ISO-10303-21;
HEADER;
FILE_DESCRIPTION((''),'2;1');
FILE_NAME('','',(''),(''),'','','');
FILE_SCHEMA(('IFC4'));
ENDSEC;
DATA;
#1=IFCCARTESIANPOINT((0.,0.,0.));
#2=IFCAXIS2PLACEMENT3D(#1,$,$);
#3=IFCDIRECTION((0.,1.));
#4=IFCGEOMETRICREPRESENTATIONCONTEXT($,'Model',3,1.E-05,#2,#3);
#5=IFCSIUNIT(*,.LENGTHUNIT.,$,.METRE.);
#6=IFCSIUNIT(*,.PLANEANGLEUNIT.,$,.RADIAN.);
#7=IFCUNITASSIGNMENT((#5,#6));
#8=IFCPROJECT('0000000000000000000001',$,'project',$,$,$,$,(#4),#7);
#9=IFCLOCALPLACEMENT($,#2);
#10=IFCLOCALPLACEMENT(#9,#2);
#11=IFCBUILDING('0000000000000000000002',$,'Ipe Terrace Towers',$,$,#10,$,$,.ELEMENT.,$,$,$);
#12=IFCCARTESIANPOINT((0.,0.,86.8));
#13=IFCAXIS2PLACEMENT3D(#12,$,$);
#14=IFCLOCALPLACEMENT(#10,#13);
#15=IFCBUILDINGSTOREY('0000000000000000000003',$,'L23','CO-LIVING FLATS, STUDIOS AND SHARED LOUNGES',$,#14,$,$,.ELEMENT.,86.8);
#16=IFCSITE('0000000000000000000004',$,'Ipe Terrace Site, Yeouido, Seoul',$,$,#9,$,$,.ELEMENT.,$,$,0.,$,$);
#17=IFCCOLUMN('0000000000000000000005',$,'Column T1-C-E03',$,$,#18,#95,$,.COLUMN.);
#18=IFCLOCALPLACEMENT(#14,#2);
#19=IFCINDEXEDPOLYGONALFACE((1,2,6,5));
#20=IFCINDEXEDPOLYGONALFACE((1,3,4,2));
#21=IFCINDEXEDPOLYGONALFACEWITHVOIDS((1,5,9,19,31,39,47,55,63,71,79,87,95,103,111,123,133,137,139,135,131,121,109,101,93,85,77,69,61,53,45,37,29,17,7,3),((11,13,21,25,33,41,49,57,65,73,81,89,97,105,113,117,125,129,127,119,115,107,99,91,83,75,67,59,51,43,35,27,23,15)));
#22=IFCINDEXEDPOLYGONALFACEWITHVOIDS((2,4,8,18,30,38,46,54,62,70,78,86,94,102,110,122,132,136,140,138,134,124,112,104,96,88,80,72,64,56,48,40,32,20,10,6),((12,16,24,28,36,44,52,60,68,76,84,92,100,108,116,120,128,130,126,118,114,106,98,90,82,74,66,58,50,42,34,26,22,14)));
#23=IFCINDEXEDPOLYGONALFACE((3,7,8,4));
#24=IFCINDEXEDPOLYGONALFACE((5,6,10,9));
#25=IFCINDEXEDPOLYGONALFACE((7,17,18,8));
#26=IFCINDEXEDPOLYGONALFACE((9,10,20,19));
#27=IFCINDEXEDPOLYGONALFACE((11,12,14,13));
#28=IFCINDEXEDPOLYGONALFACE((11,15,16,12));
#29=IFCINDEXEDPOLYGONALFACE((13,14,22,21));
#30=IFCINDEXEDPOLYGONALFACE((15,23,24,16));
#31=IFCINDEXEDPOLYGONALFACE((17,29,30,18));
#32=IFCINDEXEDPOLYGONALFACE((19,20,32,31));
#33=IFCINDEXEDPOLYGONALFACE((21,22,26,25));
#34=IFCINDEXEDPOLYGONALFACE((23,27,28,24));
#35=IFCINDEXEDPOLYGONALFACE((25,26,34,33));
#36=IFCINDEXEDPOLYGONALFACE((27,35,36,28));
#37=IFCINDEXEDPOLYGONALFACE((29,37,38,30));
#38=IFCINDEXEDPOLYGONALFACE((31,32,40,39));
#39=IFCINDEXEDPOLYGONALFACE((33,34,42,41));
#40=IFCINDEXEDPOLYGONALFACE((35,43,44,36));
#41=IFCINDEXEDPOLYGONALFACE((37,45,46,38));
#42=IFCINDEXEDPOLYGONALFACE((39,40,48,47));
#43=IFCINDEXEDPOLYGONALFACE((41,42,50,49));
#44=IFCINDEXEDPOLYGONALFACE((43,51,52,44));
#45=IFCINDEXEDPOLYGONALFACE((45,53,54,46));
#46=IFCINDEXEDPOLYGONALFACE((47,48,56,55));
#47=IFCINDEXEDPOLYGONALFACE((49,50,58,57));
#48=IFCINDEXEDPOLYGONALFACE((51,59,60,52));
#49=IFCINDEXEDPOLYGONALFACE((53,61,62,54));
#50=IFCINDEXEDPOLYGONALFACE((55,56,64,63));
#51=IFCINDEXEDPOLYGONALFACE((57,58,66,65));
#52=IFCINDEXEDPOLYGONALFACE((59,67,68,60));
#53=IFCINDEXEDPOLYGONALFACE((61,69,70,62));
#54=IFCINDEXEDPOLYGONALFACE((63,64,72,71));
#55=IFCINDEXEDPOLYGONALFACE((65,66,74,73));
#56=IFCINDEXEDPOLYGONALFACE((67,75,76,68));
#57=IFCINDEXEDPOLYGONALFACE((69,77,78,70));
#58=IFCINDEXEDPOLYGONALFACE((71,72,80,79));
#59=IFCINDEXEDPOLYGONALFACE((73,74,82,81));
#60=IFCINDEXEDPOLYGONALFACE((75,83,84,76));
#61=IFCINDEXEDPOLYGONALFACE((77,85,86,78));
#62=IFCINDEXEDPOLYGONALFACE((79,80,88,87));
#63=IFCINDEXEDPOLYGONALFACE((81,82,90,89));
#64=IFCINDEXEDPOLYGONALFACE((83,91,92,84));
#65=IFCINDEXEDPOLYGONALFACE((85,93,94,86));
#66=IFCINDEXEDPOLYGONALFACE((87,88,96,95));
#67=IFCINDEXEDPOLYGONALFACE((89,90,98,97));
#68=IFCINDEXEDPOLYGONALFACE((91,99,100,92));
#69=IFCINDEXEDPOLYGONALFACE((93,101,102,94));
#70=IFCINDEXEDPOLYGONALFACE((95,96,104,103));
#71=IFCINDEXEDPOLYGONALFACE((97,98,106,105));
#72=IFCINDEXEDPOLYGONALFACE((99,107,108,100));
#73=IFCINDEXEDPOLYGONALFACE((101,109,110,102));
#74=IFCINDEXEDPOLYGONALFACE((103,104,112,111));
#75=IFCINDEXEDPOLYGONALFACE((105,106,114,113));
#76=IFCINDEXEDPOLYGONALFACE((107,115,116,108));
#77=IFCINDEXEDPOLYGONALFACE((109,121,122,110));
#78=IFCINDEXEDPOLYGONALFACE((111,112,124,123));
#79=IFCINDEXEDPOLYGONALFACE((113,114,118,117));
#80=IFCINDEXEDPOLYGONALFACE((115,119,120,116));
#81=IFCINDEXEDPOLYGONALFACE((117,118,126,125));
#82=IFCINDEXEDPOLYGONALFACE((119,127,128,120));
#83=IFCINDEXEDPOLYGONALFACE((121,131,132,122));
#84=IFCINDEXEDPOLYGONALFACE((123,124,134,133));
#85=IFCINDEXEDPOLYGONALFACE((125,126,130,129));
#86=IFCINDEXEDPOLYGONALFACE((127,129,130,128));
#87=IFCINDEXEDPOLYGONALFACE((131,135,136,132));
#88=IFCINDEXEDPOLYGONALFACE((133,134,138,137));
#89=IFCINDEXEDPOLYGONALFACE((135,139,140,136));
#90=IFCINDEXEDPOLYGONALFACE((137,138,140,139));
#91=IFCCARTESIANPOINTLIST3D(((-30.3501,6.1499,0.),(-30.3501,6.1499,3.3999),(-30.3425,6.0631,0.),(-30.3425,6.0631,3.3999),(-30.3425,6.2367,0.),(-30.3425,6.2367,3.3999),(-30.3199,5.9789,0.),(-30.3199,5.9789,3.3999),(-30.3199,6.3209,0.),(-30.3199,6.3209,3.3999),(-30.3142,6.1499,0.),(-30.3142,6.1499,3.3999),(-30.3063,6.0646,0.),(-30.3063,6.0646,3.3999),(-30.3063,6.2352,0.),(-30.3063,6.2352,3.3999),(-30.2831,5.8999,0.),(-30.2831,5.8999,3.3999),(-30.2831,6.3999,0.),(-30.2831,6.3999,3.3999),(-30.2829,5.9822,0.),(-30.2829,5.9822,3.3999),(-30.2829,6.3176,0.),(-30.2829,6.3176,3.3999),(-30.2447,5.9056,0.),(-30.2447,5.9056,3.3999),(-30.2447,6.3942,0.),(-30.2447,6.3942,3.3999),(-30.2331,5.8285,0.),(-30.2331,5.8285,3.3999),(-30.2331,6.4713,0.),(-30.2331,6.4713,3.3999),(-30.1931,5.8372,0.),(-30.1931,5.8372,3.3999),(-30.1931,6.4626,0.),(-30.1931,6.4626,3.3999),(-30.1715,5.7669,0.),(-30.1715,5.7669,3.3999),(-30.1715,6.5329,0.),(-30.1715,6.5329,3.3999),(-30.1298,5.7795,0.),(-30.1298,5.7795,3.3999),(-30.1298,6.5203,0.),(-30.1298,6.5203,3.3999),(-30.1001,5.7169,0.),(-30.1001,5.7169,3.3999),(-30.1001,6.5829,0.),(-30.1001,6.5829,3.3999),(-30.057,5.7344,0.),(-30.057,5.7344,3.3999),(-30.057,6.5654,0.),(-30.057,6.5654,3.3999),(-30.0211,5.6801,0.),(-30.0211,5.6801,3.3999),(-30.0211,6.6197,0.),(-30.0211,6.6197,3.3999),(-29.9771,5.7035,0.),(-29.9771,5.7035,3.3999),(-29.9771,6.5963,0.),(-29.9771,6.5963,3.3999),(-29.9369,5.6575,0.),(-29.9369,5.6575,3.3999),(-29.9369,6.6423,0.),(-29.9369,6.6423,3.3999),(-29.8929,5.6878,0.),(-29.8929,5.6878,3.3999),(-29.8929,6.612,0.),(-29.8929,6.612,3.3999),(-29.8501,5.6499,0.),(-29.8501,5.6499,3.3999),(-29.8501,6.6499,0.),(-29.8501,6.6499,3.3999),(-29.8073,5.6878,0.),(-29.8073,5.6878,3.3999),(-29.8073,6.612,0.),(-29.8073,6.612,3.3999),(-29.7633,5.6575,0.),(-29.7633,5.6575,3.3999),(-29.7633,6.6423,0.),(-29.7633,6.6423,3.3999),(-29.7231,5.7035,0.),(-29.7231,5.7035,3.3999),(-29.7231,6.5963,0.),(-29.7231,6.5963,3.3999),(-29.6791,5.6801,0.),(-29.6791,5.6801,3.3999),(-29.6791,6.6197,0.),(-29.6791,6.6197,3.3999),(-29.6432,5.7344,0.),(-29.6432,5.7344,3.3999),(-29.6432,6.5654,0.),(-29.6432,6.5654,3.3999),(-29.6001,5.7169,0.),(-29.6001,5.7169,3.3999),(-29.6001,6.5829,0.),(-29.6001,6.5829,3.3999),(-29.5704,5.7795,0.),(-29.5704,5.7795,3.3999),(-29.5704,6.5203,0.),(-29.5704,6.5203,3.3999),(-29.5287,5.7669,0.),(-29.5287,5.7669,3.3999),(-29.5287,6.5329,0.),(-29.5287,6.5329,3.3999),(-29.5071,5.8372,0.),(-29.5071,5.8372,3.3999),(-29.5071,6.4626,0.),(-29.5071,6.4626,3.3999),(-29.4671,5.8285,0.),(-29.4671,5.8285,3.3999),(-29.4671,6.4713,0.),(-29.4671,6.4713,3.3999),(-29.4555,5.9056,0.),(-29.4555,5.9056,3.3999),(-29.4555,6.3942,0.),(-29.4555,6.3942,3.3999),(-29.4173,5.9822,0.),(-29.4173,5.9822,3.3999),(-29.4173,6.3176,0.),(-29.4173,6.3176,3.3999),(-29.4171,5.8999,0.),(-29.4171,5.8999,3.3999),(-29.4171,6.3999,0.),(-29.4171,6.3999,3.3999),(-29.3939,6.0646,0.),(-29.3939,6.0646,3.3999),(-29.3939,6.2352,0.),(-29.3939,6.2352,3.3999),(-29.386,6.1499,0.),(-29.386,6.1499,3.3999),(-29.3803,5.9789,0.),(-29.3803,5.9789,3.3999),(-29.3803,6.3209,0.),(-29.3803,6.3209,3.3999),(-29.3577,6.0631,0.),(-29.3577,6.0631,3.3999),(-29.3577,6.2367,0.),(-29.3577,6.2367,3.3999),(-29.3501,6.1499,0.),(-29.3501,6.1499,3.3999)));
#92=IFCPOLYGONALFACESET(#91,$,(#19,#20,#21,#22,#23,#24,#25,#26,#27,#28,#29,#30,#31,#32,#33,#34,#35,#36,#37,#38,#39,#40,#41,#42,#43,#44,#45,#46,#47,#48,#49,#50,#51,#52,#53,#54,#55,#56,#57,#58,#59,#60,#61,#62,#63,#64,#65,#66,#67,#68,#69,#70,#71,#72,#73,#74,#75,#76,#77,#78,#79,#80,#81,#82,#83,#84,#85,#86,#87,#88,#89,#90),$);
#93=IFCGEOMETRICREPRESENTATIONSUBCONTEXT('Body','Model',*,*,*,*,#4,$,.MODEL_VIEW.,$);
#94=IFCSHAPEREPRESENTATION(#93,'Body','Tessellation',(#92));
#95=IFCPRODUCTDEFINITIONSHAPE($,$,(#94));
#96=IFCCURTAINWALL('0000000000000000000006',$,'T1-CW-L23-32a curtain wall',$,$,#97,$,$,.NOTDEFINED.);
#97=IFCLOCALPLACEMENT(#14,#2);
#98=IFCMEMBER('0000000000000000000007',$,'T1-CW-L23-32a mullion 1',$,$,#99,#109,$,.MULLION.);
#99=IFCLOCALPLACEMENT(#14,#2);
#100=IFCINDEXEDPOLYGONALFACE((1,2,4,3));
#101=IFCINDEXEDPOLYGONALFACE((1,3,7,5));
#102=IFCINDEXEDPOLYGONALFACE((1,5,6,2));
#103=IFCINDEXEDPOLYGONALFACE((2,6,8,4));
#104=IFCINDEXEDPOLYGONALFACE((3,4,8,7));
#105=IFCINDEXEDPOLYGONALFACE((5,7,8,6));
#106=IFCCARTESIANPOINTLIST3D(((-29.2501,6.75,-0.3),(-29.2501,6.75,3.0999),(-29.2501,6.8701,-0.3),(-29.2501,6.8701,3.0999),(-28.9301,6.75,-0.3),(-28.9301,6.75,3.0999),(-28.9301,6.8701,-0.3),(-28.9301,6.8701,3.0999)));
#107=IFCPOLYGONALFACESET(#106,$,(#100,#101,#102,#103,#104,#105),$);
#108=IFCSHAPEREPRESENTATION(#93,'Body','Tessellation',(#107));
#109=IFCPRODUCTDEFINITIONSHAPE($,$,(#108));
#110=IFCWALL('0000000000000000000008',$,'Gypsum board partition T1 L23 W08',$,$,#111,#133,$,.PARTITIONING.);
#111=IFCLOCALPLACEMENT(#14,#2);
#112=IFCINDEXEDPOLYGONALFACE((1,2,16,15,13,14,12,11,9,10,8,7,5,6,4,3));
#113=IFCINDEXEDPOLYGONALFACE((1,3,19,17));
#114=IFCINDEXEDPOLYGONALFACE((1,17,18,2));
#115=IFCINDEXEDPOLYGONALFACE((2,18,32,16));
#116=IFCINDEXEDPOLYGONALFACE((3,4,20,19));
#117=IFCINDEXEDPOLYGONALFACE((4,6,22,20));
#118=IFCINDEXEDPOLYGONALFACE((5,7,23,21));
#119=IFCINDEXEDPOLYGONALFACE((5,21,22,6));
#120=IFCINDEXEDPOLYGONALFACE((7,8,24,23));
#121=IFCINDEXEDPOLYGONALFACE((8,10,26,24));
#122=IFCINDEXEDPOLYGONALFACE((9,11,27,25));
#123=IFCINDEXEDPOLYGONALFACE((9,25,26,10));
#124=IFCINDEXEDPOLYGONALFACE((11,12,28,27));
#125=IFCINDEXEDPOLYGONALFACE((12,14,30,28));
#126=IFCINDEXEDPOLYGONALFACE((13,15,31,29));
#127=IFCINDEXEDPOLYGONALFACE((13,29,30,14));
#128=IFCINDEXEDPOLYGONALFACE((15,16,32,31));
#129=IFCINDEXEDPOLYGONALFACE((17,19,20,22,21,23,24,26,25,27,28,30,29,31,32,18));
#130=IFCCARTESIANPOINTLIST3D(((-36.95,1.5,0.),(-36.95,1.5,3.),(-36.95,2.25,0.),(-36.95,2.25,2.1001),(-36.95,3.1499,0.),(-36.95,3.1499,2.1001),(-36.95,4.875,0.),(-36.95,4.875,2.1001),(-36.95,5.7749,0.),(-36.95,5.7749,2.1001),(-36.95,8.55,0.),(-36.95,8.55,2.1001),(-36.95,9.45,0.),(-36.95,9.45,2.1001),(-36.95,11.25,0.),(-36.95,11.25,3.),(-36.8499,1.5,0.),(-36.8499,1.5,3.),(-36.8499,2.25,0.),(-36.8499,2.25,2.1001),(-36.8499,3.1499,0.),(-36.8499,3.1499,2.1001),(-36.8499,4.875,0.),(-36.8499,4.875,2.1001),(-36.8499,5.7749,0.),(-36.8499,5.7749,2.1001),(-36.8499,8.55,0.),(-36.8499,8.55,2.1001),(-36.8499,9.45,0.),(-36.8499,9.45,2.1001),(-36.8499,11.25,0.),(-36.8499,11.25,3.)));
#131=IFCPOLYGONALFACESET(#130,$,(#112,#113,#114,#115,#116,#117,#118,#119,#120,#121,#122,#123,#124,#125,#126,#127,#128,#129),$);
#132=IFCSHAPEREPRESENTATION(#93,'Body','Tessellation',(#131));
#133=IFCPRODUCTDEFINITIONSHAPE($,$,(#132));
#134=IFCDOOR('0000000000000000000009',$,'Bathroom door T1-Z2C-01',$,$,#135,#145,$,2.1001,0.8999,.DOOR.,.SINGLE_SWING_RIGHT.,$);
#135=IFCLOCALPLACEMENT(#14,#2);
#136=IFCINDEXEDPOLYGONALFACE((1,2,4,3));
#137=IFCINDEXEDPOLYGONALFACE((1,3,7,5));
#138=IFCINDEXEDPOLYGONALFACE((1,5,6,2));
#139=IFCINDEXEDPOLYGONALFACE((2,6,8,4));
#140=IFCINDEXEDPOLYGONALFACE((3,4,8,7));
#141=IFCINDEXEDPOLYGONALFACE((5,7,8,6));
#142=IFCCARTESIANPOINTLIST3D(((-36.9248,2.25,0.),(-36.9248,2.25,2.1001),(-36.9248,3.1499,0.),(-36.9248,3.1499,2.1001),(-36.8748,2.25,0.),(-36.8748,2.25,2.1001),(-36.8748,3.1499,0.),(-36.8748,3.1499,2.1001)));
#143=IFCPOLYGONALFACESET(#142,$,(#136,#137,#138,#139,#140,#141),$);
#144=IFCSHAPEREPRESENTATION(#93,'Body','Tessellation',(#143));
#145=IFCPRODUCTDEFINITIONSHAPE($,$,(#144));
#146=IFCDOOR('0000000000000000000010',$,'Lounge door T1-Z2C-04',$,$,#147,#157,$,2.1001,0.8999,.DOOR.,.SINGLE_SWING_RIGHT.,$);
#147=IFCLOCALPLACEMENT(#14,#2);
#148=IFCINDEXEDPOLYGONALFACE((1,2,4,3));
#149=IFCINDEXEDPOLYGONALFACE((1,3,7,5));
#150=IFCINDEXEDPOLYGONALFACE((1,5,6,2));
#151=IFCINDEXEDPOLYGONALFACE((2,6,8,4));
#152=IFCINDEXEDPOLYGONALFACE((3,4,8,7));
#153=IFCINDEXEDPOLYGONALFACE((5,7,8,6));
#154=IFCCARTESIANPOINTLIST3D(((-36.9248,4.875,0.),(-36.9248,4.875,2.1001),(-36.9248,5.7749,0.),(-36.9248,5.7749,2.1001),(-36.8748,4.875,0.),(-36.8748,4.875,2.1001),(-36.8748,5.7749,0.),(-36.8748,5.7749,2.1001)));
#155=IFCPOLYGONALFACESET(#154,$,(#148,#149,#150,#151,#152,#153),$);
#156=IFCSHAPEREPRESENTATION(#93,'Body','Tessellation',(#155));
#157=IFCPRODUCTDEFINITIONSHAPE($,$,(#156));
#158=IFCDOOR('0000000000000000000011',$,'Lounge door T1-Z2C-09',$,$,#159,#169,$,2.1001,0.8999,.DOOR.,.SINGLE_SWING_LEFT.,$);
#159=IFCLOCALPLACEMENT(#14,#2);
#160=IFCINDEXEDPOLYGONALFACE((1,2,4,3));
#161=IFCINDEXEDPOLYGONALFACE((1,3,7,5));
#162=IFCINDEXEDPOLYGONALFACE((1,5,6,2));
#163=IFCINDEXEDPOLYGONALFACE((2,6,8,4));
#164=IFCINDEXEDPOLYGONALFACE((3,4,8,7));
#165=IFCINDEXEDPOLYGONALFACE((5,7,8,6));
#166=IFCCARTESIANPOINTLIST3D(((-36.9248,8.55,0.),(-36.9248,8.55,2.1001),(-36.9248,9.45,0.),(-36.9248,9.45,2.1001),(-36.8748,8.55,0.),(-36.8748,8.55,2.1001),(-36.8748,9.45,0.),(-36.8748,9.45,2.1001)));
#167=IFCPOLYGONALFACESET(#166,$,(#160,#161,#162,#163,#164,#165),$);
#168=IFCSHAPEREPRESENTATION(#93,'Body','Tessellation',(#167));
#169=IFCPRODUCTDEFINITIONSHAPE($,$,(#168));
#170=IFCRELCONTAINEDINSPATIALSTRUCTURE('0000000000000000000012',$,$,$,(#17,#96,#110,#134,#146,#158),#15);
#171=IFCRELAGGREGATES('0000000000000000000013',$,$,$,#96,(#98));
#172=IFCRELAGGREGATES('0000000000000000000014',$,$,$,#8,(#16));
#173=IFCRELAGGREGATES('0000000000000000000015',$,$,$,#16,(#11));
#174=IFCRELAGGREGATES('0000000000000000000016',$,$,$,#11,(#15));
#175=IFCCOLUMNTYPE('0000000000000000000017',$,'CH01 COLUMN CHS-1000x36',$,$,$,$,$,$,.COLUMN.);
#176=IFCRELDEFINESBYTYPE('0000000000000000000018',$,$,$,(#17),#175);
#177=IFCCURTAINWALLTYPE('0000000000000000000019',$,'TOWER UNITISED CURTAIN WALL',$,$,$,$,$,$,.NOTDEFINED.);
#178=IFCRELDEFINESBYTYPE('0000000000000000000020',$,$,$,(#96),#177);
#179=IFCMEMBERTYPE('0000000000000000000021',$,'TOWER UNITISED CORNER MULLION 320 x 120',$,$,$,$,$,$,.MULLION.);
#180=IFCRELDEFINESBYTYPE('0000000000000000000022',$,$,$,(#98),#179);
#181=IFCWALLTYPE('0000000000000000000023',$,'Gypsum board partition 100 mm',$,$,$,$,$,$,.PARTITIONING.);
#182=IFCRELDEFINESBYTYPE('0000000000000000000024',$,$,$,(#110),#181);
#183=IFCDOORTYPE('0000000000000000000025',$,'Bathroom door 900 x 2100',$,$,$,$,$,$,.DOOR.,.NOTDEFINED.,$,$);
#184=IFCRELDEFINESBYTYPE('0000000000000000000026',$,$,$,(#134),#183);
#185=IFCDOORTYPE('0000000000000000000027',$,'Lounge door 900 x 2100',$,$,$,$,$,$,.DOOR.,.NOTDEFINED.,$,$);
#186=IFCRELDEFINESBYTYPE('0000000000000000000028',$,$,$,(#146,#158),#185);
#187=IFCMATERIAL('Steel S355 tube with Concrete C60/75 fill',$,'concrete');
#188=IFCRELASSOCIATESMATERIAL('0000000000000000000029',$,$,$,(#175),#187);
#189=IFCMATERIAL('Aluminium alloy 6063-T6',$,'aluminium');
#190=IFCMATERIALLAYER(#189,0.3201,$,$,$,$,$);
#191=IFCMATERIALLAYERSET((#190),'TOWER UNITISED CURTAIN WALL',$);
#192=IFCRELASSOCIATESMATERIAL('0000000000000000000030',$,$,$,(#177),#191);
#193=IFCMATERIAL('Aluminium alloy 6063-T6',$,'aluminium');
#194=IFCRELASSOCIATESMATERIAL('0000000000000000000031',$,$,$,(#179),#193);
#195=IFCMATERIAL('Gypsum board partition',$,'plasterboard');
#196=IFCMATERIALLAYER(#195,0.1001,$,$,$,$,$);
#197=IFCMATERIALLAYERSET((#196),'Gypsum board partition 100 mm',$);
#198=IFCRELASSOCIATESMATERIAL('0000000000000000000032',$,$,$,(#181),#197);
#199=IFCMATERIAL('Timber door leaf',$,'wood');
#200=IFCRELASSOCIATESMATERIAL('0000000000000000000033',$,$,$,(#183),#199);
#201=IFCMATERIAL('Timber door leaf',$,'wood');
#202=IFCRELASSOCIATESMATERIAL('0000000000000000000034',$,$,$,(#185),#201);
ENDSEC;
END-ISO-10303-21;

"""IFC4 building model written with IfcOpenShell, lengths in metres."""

from ifc_helpers import new_model, si_unit, direction, frame, frame_2d, origin, origin_2d, place, context, subcontext, project, spatial, rectangle, hollow_circle, extrude, material, layer, layer_set, material_profile, profile_set, type_object, element, fill, aggregate, save


model = new_model("IFC4")

# Units and contexts
model_context = context("Model", 3, precision=1e-05, world=origin(), true_north=direction((0.0, 1.0)))
body_context = subcontext(model_context, "Body", "Model", "MODEL_VIEW")
ifc_project = project(units=[si_unit("LENGTHUNIT", "METRE"), si_unit("PLANEANGLEUNIT", "RADIAN")], contexts=[model_context])

# Site, building, storey
site_placement = place(None, origin())
site = spatial("IfcSite", under=ifc_project, at=site_placement, Name="Ipe Terrace Site, Yeouido, Seoul", CompositionType="ELEMENT", RefElevation=0.0)
building_placement = place(site_placement, origin())
building = spatial("IfcBuilding", under=site, at=building_placement, Name="Ipe Terrace Towers", CompositionType="ELEMENT")
storey_placement = place(building_placement, frame((0.0, 0.0, 86.8)))
storey = spatial("IfcBuildingStorey", under=building, at=storey_placement, Name="L23", Description="CO-LIVING FLATS, STUDIOS AND SHARED LOUNGES", CompositionType="ELEMENT", Elevation=86.8)

# Column
ifc_material_1 = material(Name="Steel S355 tube with Concrete C60/75 fill", Category="concrete")
ifc_material_profile_1 = material_profile(ifc_material_1, hollow_circle(Radius=0.5, WallThickness=0.0359, at=origin_2d()), Name="CHS-1000x36")
ifc_profile_set_1 = profile_set([ifc_material_profile_1], Name="Steel S355 tube with Concrete C60/75 fill")
column_type = type_object("IfcColumnType", Name="CH01 COLUMN CHS-1000x36", PredefinedType="COLUMN", material=ifc_profile_set_1)
column_placement = place(storey_placement, frame((-29.8501, 6.1499, 0.0), z_axis=(0.0, 0.0, 1.0), x_axis=(1.0, 0.0, 0.0)))
element("IfcColumn", 1, at=column_placement, inside=storey, type_object=column_type, Name="Column T1-C-E03", PredefinedType="COLUMN", context=body_context, shape_type="SweptSolid", body=[
    extrude(hollow_circle(Radius=0.5, WallThickness=0.0359, at=origin_2d()), origin(), (0.0, 0.0, 1.0), 3.3999),
])

# Curtain wall, member
ifc_material_2 = material(Name="Aluminium alloy 6063-T6", Category="aluminium")
ifc_layer_1 = layer(ifc_material_2, 0.3201)
ifc_layer_set_1 = layer_set([ifc_layer_1], Name="TOWER UNITISED CURTAIN WALL")
curtain_wall_type = type_object("IfcCurtainWallType", Name="TOWER UNITISED CURTAIN WALL", PredefinedType="NOTDEFINED", material=ifc_layer_set_1)
curtain_wall_placement = place(storey_placement, origin())
curtain_wall = element("IfcCurtainWall", 2, at=curtain_wall_placement, inside=storey, type_object=curtain_wall_type, Name="T1-CW-L23-32a curtain wall", PredefinedType="NOTDEFINED")
ifc_material_3 = material(Name="Aluminium alloy 6063-T6", Category="aluminium")
ifc_material_profile_2 = material_profile(ifc_material_3, rectangle(XDim=0.3201, YDim=0.1201, at=origin_2d()), Name="TOWER UNITISED CORNER MULLION 320 x 120")
ifc_profile_set_2 = profile_set([ifc_material_profile_2], Name="Aluminium alloy 6063-T6")
member_type = type_object("IfcMemberType", Name="TOWER UNITISED CORNER MULLION 320 x 120", PredefinedType="MULLION", material=ifc_profile_set_2)
member_placement = place(storey_placement, frame((-29.0901, 6.8101, -0.3), z_axis=(0.0, 0.0, 1.0), x_axis=(1.0, 0.0, 0.0)))
member = element("IfcMember", 3, at=member_placement, type_object=member_type, Name="T1-CW-L23-32a mullion 1", PredefinedType="MULLION", context=body_context, shape_type="SweptSolid", body=[
    extrude(rectangle(XDim=0.3201, YDim=0.1201, at=origin_2d()), origin(), (0.0, 0.0, 1.0), 3.3999),
])
aggregate(curtain_wall, [member])

# Wall, openings, doors
ifc_material_4 = material(Name="Gypsum board partition", Category="plasterboard")
ifc_layer_2 = layer(ifc_material_4, 0.1001)
ifc_layer_set_2 = layer_set([ifc_layer_2], Name="Gypsum board partition 100 mm")
wall_type_1 = type_object("IfcWallType", Name="Gypsum board partition 100 mm", PredefinedType="PARTITIONING", material=ifc_layer_set_2)
wall_1_placement = place(storey_placement, frame((-36.8999, 1.5, 0.0), z_axis=(0.0, 0.0, 1.0), x_axis=(0.0, 1.0, 0.0)))
wall_1 = element("IfcWall", 4, at=wall_1_placement, inside=storey, type_object=wall_type_1, Name="Gypsum board partition T1 L23 W08", PredefinedType="PARTITIONING", context=body_context, shape_type="SweptSolid", body=[
    extrude(rectangle(XDim=9.75, YDim=0.1001, at=frame_2d((4.875, 0.0))), origin(), (0.0, 0.0, 1.0), 3.0),
])
opening_1_placement = place(wall_1_placement, frame((0.75, 0.0, 0.0)))
opening_1 = element("IfcOpeningElement", 5, at=opening_1_placement, cuts=wall_1, PredefinedType="OPENING", context=body_context, shape_type="SweptSolid", body=[
    extrude(rectangle(XDim=0.8999, YDim=2.1001, at=frame_2d((0.45, 1.05))), frame((0.0, 0.0601, 0.0), z_axis=(0.0, -1.0, 0.0), x_axis=(1.0, 0.0, 0.0)), (0.0, 0.0, 1.0), 0.1201),
])
opening_2_placement = place(wall_1_placement, frame((3.375, 0.0, 0.0)))
opening_2 = element("IfcOpeningElement", 6, at=opening_2_placement, cuts=wall_1, PredefinedType="OPENING", context=body_context, shape_type="SweptSolid", body=[
    extrude(rectangle(XDim=0.8999, YDim=2.1001, at=frame_2d((0.45, 1.05))), frame((0.0, 0.0601, 0.0), z_axis=(0.0, -1.0, 0.0), x_axis=(1.0, 0.0, 0.0)), (0.0, 0.0, 1.0), 0.1201),
])
opening_3_placement = place(wall_1_placement, frame((7.05, 0.0, 0.0)))
opening_3 = element("IfcOpeningElement", 7, at=opening_3_placement, cuts=wall_1, PredefinedType="OPENING", context=body_context, shape_type="SweptSolid", body=[
    extrude(rectangle(XDim=0.8999, YDim=2.1001, at=frame_2d((0.45, 1.05))), frame((0.0, 0.0601, 0.0), z_axis=(0.0, -1.0, 0.0), x_axis=(1.0, 0.0, 0.0)), (0.0, 0.0, 1.0), 0.1201),
])
ifc_material_5 = material(Name="Timber door leaf", Category="wood")
door_type_1 = type_object("IfcDoorType", Name="Bathroom door 900 x 2100", OperationType="NOTDEFINED", PredefinedType="DOOR", material=ifc_material_5)
door_1_placement = place(opening_1_placement, origin())
door_1 = element("IfcDoor", 8, at=door_1_placement, inside=storey, type_object=door_type_1, Name="Bathroom door T1-Z2C-01", OperationType="SINGLE_SWING_RIGHT", OverallHeight=2.1001, OverallWidth=0.8999, PredefinedType="DOOR", context=body_context, shape_type="SweptSolid", body=[
    extrude(rectangle(XDim=0.8999, YDim=2.1001, at=frame_2d((0.45, 1.05))), frame((0.0, 0.0249, 0.0), z_axis=(0.0, -1.0, 0.0), x_axis=(1.0, 0.0, 0.0)), (0.0, 0.0, 1.0), 0.05),
])
fill(opening_1, door_1)
ifc_material_6 = material(Name="Timber door leaf", Category="wood")
door_type_2 = type_object("IfcDoorType", Name="Lounge door 900 x 2100", OperationType="NOTDEFINED", PredefinedType="DOOR", material=ifc_material_6)
door_2_placement = place(opening_2_placement, origin())
door_2 = element("IfcDoor", 9, at=door_2_placement, inside=storey, type_object=door_type_2, Name="Lounge door T1-Z2C-04", OperationType="SINGLE_SWING_RIGHT", OverallHeight=2.1001, OverallWidth=0.8999, PredefinedType="DOOR", context=body_context, shape_type="SweptSolid", body=[
    extrude(rectangle(XDim=0.8999, YDim=2.1001, at=frame_2d((0.45, 1.05))), frame((0.0, 0.0249, 0.0), z_axis=(0.0, -1.0, 0.0), x_axis=(1.0, 0.0, 0.0)), (0.0, 0.0, 1.0), 0.05),
])
fill(opening_2, door_2)
door_3_placement = place(opening_3_placement, origin())
door_3 = element("IfcDoor", 10, at=door_3_placement, inside=storey, type_object=door_type_2, Name="Lounge door T1-Z2C-09", OperationType="SINGLE_SWING_LEFT", OverallHeight=2.1001, OverallWidth=0.8999, PredefinedType="DOOR", context=body_context, shape_type="SweptSolid", body=[
    extrude(rectangle(XDim=0.8999, YDim=2.1001, at=frame_2d((0.45, 1.05))), frame((0.0, 0.0249, 0.0), z_axis=(0.0, -1.0, 0.0), x_axis=(1.0, 0.0, 0.0)), (0.0, 0.0, 1.0), 0.05),
])
fill(opening_3, door_3)

save(model, "model.ifc")
